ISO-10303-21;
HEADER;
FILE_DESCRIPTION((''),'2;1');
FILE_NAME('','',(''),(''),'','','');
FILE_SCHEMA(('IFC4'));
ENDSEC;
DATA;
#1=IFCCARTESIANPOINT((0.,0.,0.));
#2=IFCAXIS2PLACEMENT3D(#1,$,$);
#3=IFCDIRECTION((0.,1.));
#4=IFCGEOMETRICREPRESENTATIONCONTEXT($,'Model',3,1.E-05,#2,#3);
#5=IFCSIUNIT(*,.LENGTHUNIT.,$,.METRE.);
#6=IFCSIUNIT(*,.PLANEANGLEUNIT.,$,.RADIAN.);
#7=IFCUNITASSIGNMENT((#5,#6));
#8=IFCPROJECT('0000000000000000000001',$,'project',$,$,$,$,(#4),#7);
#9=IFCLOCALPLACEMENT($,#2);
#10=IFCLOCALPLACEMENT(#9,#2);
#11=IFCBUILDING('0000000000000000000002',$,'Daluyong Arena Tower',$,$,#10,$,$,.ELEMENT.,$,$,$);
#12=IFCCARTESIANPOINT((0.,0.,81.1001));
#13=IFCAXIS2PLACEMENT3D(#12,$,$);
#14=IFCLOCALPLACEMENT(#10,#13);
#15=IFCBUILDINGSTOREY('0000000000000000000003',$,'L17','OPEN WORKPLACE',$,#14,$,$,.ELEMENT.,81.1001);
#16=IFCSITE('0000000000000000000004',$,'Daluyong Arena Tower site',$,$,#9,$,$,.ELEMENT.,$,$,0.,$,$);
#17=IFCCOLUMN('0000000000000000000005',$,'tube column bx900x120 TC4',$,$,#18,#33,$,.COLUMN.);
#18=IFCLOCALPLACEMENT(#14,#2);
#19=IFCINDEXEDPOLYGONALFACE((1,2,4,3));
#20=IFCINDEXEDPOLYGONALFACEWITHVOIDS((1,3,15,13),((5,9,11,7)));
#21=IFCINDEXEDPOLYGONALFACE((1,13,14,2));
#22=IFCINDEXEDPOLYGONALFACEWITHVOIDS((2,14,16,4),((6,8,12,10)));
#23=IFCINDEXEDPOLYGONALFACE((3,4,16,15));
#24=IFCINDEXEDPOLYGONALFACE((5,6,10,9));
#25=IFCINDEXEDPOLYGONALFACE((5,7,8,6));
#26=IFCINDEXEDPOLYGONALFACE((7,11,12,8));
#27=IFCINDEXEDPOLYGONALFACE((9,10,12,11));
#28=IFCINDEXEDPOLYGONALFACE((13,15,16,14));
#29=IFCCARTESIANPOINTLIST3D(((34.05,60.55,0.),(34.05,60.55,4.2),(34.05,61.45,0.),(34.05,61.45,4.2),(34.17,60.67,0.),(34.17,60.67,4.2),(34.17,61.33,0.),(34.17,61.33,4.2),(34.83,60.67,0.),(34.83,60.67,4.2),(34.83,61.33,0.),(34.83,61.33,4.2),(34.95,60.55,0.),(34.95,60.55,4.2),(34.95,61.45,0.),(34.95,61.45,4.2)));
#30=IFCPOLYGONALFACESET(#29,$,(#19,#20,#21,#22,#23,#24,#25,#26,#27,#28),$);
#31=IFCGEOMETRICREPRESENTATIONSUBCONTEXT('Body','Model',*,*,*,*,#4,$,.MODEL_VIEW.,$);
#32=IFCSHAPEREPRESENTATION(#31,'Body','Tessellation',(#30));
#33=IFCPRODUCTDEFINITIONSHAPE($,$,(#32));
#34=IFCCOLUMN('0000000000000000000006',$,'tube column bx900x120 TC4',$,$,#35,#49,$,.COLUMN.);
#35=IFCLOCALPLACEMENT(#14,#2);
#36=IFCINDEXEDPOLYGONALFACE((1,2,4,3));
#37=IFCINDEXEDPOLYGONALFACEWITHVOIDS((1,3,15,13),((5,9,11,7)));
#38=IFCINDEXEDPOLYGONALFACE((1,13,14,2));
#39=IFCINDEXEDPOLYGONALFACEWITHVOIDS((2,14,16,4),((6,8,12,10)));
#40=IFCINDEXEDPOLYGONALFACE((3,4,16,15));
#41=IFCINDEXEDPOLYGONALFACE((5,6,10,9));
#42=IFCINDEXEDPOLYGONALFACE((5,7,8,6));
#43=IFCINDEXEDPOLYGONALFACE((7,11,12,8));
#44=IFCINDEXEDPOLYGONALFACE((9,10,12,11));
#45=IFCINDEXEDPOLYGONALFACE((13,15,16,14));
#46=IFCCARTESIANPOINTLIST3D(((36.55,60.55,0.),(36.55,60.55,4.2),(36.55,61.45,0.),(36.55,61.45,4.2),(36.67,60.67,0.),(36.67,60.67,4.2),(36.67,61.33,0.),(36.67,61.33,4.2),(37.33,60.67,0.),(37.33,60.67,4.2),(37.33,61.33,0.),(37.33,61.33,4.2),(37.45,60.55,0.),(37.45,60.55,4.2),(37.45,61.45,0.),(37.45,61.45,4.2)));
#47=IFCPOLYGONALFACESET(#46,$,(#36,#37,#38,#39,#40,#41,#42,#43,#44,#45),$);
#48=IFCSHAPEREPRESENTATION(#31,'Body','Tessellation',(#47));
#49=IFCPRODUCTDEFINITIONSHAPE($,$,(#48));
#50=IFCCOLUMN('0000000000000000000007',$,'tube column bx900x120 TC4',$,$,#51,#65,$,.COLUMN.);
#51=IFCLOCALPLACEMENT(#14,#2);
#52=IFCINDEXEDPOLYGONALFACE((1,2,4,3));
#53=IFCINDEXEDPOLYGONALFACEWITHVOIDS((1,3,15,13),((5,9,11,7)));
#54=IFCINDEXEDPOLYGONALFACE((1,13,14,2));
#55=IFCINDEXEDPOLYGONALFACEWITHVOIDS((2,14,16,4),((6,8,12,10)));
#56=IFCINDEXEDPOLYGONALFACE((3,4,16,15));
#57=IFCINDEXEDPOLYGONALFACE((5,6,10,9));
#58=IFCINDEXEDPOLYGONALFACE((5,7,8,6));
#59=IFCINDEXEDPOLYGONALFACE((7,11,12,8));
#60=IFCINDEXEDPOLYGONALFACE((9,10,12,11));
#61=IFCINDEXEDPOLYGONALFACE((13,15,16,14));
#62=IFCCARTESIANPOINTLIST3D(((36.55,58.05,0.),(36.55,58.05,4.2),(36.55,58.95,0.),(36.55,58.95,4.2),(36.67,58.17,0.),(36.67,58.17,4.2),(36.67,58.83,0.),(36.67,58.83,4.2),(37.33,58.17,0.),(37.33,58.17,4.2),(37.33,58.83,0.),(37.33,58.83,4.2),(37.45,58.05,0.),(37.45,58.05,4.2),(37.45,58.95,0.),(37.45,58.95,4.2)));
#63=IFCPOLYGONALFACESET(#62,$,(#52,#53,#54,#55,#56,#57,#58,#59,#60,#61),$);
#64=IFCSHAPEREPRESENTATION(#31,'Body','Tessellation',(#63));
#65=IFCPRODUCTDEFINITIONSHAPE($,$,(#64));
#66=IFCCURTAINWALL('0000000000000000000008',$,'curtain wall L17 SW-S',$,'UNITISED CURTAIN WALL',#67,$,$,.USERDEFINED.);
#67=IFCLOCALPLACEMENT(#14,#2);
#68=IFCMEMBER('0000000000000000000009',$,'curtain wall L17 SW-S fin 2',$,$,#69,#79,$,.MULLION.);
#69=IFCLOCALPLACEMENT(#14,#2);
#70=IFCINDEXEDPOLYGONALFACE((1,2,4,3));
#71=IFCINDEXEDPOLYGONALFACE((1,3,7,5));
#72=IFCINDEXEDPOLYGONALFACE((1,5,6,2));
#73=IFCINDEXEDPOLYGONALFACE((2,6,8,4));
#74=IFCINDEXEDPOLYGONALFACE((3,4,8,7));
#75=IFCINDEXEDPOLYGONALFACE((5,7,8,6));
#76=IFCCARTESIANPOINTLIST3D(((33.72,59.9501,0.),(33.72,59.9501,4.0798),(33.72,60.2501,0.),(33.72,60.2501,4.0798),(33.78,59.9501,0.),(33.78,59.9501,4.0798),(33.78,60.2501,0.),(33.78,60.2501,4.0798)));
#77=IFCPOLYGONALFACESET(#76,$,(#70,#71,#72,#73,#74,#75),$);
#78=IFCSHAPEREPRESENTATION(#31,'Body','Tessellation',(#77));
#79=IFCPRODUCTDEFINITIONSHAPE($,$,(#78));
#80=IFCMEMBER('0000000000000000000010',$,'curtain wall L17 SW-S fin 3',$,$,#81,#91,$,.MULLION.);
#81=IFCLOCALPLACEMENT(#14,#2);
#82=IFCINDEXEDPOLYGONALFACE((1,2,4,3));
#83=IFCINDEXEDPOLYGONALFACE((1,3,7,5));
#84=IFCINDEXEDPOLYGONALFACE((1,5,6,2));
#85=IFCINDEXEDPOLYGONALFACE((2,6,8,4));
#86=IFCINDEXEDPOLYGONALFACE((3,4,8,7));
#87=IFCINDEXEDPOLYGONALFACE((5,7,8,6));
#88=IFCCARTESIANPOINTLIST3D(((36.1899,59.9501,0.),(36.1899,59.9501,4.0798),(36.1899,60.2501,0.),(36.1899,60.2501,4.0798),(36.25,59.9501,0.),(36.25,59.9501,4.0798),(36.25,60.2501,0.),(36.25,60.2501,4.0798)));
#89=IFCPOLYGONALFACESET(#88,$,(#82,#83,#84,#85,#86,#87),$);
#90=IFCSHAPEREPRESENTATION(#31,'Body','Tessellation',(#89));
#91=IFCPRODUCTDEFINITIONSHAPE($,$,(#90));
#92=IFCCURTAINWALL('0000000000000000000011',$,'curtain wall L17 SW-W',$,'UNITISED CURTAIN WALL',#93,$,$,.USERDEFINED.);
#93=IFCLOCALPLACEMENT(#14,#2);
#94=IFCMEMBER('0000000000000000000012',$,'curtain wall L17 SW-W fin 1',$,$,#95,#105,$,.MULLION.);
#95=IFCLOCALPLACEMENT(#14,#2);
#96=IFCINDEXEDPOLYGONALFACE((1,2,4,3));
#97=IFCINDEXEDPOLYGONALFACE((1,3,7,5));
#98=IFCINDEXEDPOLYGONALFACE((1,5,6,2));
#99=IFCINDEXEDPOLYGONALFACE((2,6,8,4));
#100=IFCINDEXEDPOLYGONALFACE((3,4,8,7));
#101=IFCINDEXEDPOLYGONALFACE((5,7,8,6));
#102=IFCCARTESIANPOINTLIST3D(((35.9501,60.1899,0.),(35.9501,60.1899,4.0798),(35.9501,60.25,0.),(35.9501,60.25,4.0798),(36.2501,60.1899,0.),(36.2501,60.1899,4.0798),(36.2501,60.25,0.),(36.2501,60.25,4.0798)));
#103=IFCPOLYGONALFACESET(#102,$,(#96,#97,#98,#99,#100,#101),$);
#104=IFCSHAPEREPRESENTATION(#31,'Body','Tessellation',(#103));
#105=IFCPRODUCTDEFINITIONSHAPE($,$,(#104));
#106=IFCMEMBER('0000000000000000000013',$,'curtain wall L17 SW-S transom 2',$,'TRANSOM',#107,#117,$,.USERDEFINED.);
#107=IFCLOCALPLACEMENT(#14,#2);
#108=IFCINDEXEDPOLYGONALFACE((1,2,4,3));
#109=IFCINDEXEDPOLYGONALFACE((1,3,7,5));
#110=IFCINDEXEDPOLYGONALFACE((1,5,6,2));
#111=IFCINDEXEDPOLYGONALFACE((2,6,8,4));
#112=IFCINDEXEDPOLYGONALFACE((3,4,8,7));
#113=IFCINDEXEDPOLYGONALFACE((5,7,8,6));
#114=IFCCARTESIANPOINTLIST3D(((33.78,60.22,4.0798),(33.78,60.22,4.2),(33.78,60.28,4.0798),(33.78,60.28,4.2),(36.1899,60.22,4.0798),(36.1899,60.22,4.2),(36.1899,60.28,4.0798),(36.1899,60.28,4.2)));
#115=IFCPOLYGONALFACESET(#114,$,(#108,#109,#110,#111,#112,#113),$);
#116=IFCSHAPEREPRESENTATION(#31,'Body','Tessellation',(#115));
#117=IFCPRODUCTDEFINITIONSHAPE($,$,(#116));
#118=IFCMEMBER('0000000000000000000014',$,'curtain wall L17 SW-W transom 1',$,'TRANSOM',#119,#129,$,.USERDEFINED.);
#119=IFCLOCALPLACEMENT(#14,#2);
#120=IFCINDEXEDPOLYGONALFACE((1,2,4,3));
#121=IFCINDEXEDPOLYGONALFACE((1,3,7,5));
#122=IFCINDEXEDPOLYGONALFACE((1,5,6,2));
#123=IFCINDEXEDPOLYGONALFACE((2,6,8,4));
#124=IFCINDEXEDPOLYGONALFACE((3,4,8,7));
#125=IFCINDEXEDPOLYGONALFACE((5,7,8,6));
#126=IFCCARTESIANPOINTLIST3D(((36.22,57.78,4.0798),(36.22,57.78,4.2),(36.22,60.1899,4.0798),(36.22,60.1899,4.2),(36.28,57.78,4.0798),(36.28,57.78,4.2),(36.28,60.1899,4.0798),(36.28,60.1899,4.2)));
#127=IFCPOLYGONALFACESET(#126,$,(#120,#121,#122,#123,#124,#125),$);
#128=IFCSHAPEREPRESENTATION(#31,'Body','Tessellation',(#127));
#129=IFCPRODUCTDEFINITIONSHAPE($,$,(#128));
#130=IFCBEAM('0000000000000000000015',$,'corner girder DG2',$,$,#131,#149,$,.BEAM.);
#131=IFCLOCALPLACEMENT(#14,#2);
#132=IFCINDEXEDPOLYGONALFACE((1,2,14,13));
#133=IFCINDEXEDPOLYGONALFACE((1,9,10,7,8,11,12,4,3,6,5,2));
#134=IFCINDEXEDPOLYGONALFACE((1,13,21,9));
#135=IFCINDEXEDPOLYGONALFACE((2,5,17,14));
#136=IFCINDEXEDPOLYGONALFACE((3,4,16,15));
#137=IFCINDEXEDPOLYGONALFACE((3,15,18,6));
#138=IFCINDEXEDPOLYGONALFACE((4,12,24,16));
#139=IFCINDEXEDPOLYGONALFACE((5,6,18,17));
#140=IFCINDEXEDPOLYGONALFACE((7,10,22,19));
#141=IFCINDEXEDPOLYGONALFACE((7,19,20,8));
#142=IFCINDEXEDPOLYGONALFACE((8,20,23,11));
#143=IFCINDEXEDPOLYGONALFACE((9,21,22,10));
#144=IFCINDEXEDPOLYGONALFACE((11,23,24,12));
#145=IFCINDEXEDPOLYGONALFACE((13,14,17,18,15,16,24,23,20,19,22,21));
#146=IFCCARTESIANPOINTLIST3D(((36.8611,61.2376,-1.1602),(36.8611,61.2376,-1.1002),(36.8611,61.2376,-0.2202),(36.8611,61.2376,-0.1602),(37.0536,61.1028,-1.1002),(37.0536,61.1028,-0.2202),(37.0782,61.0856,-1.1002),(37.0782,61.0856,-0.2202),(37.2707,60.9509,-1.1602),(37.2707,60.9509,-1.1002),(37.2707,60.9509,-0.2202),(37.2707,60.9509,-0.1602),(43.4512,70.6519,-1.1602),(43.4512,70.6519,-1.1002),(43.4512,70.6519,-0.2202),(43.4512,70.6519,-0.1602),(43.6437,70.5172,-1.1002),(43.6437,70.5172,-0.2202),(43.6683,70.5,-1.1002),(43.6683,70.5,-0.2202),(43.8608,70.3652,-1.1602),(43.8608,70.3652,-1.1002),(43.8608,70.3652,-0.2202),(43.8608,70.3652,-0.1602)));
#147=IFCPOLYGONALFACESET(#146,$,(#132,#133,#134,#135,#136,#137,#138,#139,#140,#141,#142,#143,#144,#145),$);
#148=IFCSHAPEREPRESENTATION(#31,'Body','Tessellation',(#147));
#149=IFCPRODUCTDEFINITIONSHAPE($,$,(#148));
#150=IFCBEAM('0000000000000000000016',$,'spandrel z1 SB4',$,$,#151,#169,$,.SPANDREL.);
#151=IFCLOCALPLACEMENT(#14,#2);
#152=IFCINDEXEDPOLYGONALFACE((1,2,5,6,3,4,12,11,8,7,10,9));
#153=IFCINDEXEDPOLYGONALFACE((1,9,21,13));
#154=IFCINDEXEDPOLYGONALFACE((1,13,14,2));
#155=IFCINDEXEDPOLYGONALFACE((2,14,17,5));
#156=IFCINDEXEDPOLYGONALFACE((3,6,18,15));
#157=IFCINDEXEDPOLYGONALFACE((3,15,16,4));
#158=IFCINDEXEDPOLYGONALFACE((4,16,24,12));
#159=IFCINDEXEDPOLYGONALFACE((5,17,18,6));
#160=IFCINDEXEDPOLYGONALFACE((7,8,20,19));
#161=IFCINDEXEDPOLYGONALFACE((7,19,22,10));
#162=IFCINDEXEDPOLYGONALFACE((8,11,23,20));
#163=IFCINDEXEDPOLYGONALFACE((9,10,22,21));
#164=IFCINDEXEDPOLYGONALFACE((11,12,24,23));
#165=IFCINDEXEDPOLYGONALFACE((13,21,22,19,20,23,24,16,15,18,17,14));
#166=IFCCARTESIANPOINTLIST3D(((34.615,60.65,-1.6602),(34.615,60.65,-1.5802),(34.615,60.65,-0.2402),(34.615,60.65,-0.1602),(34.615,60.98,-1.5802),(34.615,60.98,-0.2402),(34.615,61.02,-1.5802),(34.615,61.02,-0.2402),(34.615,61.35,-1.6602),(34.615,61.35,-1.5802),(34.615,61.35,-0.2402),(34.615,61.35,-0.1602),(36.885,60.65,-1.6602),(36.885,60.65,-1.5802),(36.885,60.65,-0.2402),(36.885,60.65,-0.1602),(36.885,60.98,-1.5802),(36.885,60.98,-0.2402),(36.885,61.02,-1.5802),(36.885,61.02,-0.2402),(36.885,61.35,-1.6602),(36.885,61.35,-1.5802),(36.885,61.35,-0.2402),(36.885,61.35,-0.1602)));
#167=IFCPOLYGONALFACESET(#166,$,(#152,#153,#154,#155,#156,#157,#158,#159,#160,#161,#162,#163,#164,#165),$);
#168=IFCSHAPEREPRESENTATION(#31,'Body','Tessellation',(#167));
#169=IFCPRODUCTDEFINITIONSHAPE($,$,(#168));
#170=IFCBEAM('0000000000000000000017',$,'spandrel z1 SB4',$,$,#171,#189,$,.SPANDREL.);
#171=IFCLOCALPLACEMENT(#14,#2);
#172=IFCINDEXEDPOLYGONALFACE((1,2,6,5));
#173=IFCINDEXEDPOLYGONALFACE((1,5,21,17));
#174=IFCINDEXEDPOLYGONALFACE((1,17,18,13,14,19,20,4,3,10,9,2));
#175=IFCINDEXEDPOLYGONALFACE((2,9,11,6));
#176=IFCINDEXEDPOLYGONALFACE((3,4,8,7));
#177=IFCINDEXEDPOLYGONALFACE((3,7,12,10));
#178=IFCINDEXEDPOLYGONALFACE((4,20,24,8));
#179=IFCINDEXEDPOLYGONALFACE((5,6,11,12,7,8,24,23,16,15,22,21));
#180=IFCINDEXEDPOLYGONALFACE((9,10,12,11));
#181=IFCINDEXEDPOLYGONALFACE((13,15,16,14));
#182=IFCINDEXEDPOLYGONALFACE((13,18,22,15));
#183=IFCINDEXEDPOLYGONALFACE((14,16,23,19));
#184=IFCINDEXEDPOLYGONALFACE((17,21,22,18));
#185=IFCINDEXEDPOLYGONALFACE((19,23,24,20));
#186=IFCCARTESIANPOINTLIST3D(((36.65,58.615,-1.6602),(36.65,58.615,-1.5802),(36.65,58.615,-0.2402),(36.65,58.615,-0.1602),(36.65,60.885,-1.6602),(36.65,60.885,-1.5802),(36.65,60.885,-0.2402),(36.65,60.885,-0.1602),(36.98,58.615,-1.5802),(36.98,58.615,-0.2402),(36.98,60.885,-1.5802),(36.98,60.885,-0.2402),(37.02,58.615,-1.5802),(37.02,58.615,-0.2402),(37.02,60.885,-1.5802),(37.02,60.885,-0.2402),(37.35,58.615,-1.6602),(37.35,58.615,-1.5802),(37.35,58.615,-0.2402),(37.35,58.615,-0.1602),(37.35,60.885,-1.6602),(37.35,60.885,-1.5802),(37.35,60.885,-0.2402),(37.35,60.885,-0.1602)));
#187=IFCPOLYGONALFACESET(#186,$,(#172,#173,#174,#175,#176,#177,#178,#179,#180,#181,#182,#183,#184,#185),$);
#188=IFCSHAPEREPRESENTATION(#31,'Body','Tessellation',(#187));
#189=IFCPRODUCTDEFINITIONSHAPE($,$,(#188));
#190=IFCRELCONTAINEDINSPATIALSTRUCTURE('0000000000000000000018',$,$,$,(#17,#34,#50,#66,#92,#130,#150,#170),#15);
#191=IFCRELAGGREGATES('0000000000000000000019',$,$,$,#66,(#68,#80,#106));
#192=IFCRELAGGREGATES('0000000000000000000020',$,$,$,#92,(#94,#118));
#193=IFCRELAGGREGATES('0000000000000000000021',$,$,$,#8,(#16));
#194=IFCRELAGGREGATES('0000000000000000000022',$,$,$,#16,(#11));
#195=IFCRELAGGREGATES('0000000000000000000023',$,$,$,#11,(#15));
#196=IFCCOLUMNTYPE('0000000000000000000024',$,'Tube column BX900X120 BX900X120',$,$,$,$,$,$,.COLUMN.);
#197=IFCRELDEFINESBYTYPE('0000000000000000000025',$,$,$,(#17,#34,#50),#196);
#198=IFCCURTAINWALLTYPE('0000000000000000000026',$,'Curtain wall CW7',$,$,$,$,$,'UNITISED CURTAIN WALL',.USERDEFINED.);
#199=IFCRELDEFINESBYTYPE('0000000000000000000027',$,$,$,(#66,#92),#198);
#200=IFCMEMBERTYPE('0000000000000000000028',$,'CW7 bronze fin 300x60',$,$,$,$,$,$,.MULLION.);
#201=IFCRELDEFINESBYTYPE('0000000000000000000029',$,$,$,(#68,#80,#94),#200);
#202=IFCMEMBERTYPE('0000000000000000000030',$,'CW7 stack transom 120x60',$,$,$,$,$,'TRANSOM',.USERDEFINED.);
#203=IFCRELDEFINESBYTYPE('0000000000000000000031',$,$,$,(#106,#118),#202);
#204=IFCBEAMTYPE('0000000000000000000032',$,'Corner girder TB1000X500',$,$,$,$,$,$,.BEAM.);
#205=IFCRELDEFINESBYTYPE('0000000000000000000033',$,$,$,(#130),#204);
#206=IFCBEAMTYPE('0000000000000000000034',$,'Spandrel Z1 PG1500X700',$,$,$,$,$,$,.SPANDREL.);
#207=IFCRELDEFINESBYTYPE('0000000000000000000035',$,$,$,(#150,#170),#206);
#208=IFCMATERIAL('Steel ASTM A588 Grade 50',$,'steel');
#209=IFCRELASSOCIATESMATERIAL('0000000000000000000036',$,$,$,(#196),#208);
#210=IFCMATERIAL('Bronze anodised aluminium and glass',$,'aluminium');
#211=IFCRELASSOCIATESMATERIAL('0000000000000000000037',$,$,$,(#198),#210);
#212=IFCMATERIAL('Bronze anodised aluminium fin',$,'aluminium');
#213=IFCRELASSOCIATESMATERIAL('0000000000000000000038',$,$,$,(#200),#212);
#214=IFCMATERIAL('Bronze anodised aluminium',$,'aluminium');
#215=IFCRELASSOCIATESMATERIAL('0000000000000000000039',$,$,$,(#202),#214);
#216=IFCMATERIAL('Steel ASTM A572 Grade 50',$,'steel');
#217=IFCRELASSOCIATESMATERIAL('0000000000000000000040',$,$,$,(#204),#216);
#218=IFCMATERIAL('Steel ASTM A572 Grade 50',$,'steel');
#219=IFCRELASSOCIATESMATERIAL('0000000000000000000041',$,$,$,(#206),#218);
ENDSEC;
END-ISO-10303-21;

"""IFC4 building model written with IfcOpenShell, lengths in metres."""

from ifc_helpers import new_model, si_unit, direction, frame, origin, origin_2d, place, context, subcontext, project, spatial, rectangle, hollow_rectangle, i_section, extrude, material, material_profile, profile_set, type_object, element, aggregate, save


model = new_model("IFC4")

# Units and contexts
model_context = context("Model", 3, precision=1e-05, world=origin(), true_north=direction((0.0, 1.0)))
body_context = subcontext(model_context, "Body", "Model", "MODEL_VIEW")
ifc_project = project(units=[si_unit("LENGTHUNIT", "METRE"), si_unit("PLANEANGLEUNIT", "RADIAN")], contexts=[model_context])

# Site, building, storey
site_placement = place(None, origin())
site = spatial("IfcSite", under=ifc_project, at=site_placement, Name="Daluyong Arena Tower site", CompositionType="ELEMENT", RefElevation=0.0)
building_placement = place(site_placement, origin())
building = spatial("IfcBuilding", under=site, at=building_placement, Name="Daluyong Arena Tower", CompositionType="ELEMENT")
storey_placement = place(building_placement, frame((0.0, 0.0, 81.1001)))
storey = spatial("IfcBuildingStorey", under=building, at=storey_placement, Name="L17", Description="OPEN WORKPLACE", CompositionType="ELEMENT", Elevation=81.1001)

# Columns
ifc_material_1 = material(Name="Steel ASTM A588 Grade 50", Category="steel")
ifc_material_profile_1 = material_profile(ifc_material_1, hollow_rectangle(XDim=0.8999, YDim=0.8999, WallThickness=0.12, at=origin_2d()))
ifc_profile_set_1 = profile_set([ifc_material_profile_1], Name="Steel ASTM A588 Grade 50")
column_type = type_object("IfcColumnType", Name="Tube column BX900X120 BX900X120", PredefinedType="COLUMN", material=ifc_profile_set_1)
for number, where, z_axis, x_axis, name in (
    (1, (34.5, 61.0, 0.0), (0.0, 0.0, 1.0), (1.0, 0.0, 0.0), "tube column bx900x120 TC4"),
    (2, (37.0, 61.0, 0.0), (0.0, 0.0, 1.0), (0.0, 1.0, 0.0), "tube column bx900x120 TC4"),
    (3, (37.0, 58.5, 0.0), (0.0, 0.0, 1.0), (0.0, 1.0, 0.0), "tube column bx900x120 TC4"),
):
    element("IfcColumn", number, at=place(storey_placement, frame(where, z_axis=z_axis, x_axis=x_axis)), inside=storey, type_object=column_type, Name=name, PredefinedType="COLUMN", context=body_context, shape_type="SweptSolid", body=[
        extrude(hollow_rectangle(XDim=0.8999, YDim=0.8999, WallThickness=0.12, at=origin_2d()), origin(), (0.0, 0.0, 1.0), 4.2),
    ])

# Curtain wall, members
ifc_material_2 = material(Name="Bronze anodised aluminium and glass", Category="aluminium")
curtain_wall_type = type_object("IfcCurtainWallType", Name="Curtain wall CW7", ElementType="UNITISED CURTAIN WALL", PredefinedType="USERDEFINED", material=ifc_material_2)
curtain_wall_1_placement = place(storey_placement, origin())
curtain_wall_1 = element("IfcCurtainWall", 4, at=curtain_wall_1_placement, inside=storey, type_object=curtain_wall_type, Name="curtain wall L17 SW-S", ObjectType="UNITISED CURTAIN WALL", PredefinedType="USERDEFINED")
ifc_material_3 = material(Name="Bronze anodised aluminium fin", Category="aluminium")
ifc_material_profile_2 = material_profile(ifc_material_3, rectangle(XDim=0.3, YDim=0.0601, at=origin_2d()))
ifc_profile_set_2 = profile_set([ifc_material_profile_2], Name="Bronze anodised aluminium fin")
member_type_1 = type_object("IfcMemberType", Name="CW7 bronze fin 300x60", PredefinedType="MULLION", material=ifc_profile_set_2)
member_1_placement = place(storey_placement, frame((33.75, 60.1001, 0.0), z_axis=(0.0, 0.0, 1.0), x_axis=(0.0, 1.0, 0.0)))
member_1 = element("IfcMember", 5, at=member_1_placement, type_object=member_type_1, Name="curtain wall L17 SW-S fin 2", PredefinedType="MULLION", context=body_context, shape_type="SweptSolid", body=[
    extrude(rectangle(XDim=0.3, YDim=0.0601, at=origin_2d()), origin(), (0.0, 0.0, 1.0), 4.0798),
])
member_2_placement = place(storey_placement, frame((36.22, 60.1001, 0.0), z_axis=(0.0, 0.0, 1.0), x_axis=(0.0, 1.0, 0.0)))
member_2 = element("IfcMember", 6, at=member_2_placement, type_object=member_type_1, Name="curtain wall L17 SW-S fin 3", PredefinedType="MULLION", context=body_context, shape_type="SweptSolid", body=[
    extrude(rectangle(XDim=0.3, YDim=0.0601, at=origin_2d()), origin(), (0.0, 0.0, 1.0), 4.0798),
])

# Curtain wall, member
curtain_wall_2_placement = place(storey_placement, origin())
curtain_wall_2 = element("IfcCurtainWall", 7, at=curtain_wall_2_placement, inside=storey, type_object=curtain_wall_type, Name="curtain wall L17 SW-W", ObjectType="UNITISED CURTAIN WALL", PredefinedType="USERDEFINED")
member_3_placement = place(storey_placement, frame((36.1001, 60.22, 0.0), z_axis=(0.0, 0.0, 1.0), x_axis=(1.0, 0.0, 0.0)))
member_3 = element("IfcMember", 8, at=member_3_placement, type_object=member_type_1, Name="curtain wall L17 SW-W fin 1", PredefinedType="MULLION", context=body_context, shape_type="SweptSolid", body=[
    extrude(rectangle(XDim=0.3, YDim=0.0601, at=origin_2d()), origin(), (0.0, 0.0, 1.0), 4.0798),
])

# Members
ifc_material_4 = material(Name="Bronze anodised aluminium", Category="aluminium")
ifc_material_profile_3 = material_profile(ifc_material_4, rectangle(XDim=0.0601, YDim=0.1201, at=origin_2d()))
ifc_profile_set_3 = profile_set([ifc_material_profile_3], Name="Bronze anodised aluminium")
member_type_2 = type_object("IfcMemberType", Name="CW7 stack transom 120x60", ElementType="TRANSOM", PredefinedType="USERDEFINED", material=ifc_profile_set_3)
member_4_placement = place(storey_placement, frame((33.78, 60.25, 4.1399), z_axis=(1.0, 0.0, 0.0), x_axis=(0.0, 1.0, 0.0)))
member_4 = element("IfcMember", 9, at=member_4_placement, type_object=member_type_2, Name="curtain wall L17 SW-S transom 2", ObjectType="TRANSOM", PredefinedType="USERDEFINED", context=body_context, shape_type="SweptSolid", body=[
    extrude(rectangle(XDim=0.0601, YDim=0.1201, at=origin_2d()), origin(), (0.0, 0.0, 1.0), 2.4099),
])
member_5_placement = place(storey_placement, frame((36.25, 60.1899, 4.1399), z_axis=(0.0, -1.0, 0.0), x_axis=(1.0, 0.0, 0.0)))
member_5 = element("IfcMember", 10, at=member_5_placement, type_object=member_type_2, Name="curtain wall L17 SW-W transom 1", ObjectType="TRANSOM", PredefinedType="USERDEFINED", context=body_context, shape_type="SweptSolid", body=[
    extrude(rectangle(XDim=0.0601, YDim=0.1201, at=origin_2d()), origin(), (0.0, 0.0, 1.0), 2.4099),
])

# Beams
ifc_material_5 = material(Name="Steel ASTM A572 Grade 50", Category="steel")
ifc_material_profile_4 = material_profile(ifc_material_5, i_section(OverallWidth=0.5, OverallDepth=1.0, WebThickness=0.03, FlangeThickness=0.06, at=origin_2d()))
ifc_profile_set_4 = profile_set([ifc_material_profile_4], Name="Steel ASTM A572 Grade 50")
beam_type_1 = type_object("IfcBeamType", Name="Corner girder TB1000X500", PredefinedType="BEAM", material=ifc_profile_set_4)
beam_placement = place(storey_placement, frame((37.0659, 61.0942, -0.6602), z_axis=(0.573467, 0.819229, 0.0), x_axis=(-0.819229, 0.573467, 0.0)))
element("IfcBeam", 11, at=beam_placement, inside=storey, type_object=beam_type_1, Name="corner girder DG2", PredefinedType="BEAM", context=body_context, shape_type="SweptSolid", body=[
    extrude(i_section(OverallWidth=0.5, OverallDepth=1.0, WebThickness=0.03, FlangeThickness=0.06, at=origin_2d()), origin(), (0.0, 0.0, 1.0), 11.4917),
])
ifc_material_6 = material(Name="Steel ASTM A572 Grade 50", Category="steel")
ifc_material_profile_5 = material_profile(ifc_material_6, i_section(OverallWidth=0.7, OverallDepth=1.5, WebThickness=0.04, FlangeThickness=0.08, at=origin_2d()))
ifc_profile_set_5 = profile_set([ifc_material_profile_5], Name="Steel ASTM A572 Grade 50")
beam_type_2 = type_object("IfcBeamType", Name="Spandrel Z1 PG1500X700", PredefinedType="SPANDREL", material=ifc_profile_set_5)
for number, where, z_axis, x_axis, name in (
    (12, (34.615, 61.0, -0.9102), (1.0, 0.0, 0.0), (0.0, 1.0, 0.0), "spandrel z1 SB4"),
    (13, (37.0, 60.885, -0.9102), (0.0, -1.0, 0.0), (1.0, 0.0, 0.0), "spandrel z1 SB4"),
):
    element("IfcBeam", number, at=place(storey_placement, frame(where, z_axis=z_axis, x_axis=x_axis)), inside=storey, type_object=beam_type_2, Name=name, PredefinedType="SPANDREL", context=body_context, shape_type="SweptSolid", body=[
        extrude(i_section(OverallWidth=0.7, OverallDepth=1.5, WebThickness=0.04, FlangeThickness=0.08, at=origin_2d()), origin(), (0.0, 0.0, 1.0), 2.27),
    ])

aggregate(curtain_wall_1, [member_1, member_2, member_4])
aggregate(curtain_wall_2, [member_3, member_5])

save(model, "model.ifc")
